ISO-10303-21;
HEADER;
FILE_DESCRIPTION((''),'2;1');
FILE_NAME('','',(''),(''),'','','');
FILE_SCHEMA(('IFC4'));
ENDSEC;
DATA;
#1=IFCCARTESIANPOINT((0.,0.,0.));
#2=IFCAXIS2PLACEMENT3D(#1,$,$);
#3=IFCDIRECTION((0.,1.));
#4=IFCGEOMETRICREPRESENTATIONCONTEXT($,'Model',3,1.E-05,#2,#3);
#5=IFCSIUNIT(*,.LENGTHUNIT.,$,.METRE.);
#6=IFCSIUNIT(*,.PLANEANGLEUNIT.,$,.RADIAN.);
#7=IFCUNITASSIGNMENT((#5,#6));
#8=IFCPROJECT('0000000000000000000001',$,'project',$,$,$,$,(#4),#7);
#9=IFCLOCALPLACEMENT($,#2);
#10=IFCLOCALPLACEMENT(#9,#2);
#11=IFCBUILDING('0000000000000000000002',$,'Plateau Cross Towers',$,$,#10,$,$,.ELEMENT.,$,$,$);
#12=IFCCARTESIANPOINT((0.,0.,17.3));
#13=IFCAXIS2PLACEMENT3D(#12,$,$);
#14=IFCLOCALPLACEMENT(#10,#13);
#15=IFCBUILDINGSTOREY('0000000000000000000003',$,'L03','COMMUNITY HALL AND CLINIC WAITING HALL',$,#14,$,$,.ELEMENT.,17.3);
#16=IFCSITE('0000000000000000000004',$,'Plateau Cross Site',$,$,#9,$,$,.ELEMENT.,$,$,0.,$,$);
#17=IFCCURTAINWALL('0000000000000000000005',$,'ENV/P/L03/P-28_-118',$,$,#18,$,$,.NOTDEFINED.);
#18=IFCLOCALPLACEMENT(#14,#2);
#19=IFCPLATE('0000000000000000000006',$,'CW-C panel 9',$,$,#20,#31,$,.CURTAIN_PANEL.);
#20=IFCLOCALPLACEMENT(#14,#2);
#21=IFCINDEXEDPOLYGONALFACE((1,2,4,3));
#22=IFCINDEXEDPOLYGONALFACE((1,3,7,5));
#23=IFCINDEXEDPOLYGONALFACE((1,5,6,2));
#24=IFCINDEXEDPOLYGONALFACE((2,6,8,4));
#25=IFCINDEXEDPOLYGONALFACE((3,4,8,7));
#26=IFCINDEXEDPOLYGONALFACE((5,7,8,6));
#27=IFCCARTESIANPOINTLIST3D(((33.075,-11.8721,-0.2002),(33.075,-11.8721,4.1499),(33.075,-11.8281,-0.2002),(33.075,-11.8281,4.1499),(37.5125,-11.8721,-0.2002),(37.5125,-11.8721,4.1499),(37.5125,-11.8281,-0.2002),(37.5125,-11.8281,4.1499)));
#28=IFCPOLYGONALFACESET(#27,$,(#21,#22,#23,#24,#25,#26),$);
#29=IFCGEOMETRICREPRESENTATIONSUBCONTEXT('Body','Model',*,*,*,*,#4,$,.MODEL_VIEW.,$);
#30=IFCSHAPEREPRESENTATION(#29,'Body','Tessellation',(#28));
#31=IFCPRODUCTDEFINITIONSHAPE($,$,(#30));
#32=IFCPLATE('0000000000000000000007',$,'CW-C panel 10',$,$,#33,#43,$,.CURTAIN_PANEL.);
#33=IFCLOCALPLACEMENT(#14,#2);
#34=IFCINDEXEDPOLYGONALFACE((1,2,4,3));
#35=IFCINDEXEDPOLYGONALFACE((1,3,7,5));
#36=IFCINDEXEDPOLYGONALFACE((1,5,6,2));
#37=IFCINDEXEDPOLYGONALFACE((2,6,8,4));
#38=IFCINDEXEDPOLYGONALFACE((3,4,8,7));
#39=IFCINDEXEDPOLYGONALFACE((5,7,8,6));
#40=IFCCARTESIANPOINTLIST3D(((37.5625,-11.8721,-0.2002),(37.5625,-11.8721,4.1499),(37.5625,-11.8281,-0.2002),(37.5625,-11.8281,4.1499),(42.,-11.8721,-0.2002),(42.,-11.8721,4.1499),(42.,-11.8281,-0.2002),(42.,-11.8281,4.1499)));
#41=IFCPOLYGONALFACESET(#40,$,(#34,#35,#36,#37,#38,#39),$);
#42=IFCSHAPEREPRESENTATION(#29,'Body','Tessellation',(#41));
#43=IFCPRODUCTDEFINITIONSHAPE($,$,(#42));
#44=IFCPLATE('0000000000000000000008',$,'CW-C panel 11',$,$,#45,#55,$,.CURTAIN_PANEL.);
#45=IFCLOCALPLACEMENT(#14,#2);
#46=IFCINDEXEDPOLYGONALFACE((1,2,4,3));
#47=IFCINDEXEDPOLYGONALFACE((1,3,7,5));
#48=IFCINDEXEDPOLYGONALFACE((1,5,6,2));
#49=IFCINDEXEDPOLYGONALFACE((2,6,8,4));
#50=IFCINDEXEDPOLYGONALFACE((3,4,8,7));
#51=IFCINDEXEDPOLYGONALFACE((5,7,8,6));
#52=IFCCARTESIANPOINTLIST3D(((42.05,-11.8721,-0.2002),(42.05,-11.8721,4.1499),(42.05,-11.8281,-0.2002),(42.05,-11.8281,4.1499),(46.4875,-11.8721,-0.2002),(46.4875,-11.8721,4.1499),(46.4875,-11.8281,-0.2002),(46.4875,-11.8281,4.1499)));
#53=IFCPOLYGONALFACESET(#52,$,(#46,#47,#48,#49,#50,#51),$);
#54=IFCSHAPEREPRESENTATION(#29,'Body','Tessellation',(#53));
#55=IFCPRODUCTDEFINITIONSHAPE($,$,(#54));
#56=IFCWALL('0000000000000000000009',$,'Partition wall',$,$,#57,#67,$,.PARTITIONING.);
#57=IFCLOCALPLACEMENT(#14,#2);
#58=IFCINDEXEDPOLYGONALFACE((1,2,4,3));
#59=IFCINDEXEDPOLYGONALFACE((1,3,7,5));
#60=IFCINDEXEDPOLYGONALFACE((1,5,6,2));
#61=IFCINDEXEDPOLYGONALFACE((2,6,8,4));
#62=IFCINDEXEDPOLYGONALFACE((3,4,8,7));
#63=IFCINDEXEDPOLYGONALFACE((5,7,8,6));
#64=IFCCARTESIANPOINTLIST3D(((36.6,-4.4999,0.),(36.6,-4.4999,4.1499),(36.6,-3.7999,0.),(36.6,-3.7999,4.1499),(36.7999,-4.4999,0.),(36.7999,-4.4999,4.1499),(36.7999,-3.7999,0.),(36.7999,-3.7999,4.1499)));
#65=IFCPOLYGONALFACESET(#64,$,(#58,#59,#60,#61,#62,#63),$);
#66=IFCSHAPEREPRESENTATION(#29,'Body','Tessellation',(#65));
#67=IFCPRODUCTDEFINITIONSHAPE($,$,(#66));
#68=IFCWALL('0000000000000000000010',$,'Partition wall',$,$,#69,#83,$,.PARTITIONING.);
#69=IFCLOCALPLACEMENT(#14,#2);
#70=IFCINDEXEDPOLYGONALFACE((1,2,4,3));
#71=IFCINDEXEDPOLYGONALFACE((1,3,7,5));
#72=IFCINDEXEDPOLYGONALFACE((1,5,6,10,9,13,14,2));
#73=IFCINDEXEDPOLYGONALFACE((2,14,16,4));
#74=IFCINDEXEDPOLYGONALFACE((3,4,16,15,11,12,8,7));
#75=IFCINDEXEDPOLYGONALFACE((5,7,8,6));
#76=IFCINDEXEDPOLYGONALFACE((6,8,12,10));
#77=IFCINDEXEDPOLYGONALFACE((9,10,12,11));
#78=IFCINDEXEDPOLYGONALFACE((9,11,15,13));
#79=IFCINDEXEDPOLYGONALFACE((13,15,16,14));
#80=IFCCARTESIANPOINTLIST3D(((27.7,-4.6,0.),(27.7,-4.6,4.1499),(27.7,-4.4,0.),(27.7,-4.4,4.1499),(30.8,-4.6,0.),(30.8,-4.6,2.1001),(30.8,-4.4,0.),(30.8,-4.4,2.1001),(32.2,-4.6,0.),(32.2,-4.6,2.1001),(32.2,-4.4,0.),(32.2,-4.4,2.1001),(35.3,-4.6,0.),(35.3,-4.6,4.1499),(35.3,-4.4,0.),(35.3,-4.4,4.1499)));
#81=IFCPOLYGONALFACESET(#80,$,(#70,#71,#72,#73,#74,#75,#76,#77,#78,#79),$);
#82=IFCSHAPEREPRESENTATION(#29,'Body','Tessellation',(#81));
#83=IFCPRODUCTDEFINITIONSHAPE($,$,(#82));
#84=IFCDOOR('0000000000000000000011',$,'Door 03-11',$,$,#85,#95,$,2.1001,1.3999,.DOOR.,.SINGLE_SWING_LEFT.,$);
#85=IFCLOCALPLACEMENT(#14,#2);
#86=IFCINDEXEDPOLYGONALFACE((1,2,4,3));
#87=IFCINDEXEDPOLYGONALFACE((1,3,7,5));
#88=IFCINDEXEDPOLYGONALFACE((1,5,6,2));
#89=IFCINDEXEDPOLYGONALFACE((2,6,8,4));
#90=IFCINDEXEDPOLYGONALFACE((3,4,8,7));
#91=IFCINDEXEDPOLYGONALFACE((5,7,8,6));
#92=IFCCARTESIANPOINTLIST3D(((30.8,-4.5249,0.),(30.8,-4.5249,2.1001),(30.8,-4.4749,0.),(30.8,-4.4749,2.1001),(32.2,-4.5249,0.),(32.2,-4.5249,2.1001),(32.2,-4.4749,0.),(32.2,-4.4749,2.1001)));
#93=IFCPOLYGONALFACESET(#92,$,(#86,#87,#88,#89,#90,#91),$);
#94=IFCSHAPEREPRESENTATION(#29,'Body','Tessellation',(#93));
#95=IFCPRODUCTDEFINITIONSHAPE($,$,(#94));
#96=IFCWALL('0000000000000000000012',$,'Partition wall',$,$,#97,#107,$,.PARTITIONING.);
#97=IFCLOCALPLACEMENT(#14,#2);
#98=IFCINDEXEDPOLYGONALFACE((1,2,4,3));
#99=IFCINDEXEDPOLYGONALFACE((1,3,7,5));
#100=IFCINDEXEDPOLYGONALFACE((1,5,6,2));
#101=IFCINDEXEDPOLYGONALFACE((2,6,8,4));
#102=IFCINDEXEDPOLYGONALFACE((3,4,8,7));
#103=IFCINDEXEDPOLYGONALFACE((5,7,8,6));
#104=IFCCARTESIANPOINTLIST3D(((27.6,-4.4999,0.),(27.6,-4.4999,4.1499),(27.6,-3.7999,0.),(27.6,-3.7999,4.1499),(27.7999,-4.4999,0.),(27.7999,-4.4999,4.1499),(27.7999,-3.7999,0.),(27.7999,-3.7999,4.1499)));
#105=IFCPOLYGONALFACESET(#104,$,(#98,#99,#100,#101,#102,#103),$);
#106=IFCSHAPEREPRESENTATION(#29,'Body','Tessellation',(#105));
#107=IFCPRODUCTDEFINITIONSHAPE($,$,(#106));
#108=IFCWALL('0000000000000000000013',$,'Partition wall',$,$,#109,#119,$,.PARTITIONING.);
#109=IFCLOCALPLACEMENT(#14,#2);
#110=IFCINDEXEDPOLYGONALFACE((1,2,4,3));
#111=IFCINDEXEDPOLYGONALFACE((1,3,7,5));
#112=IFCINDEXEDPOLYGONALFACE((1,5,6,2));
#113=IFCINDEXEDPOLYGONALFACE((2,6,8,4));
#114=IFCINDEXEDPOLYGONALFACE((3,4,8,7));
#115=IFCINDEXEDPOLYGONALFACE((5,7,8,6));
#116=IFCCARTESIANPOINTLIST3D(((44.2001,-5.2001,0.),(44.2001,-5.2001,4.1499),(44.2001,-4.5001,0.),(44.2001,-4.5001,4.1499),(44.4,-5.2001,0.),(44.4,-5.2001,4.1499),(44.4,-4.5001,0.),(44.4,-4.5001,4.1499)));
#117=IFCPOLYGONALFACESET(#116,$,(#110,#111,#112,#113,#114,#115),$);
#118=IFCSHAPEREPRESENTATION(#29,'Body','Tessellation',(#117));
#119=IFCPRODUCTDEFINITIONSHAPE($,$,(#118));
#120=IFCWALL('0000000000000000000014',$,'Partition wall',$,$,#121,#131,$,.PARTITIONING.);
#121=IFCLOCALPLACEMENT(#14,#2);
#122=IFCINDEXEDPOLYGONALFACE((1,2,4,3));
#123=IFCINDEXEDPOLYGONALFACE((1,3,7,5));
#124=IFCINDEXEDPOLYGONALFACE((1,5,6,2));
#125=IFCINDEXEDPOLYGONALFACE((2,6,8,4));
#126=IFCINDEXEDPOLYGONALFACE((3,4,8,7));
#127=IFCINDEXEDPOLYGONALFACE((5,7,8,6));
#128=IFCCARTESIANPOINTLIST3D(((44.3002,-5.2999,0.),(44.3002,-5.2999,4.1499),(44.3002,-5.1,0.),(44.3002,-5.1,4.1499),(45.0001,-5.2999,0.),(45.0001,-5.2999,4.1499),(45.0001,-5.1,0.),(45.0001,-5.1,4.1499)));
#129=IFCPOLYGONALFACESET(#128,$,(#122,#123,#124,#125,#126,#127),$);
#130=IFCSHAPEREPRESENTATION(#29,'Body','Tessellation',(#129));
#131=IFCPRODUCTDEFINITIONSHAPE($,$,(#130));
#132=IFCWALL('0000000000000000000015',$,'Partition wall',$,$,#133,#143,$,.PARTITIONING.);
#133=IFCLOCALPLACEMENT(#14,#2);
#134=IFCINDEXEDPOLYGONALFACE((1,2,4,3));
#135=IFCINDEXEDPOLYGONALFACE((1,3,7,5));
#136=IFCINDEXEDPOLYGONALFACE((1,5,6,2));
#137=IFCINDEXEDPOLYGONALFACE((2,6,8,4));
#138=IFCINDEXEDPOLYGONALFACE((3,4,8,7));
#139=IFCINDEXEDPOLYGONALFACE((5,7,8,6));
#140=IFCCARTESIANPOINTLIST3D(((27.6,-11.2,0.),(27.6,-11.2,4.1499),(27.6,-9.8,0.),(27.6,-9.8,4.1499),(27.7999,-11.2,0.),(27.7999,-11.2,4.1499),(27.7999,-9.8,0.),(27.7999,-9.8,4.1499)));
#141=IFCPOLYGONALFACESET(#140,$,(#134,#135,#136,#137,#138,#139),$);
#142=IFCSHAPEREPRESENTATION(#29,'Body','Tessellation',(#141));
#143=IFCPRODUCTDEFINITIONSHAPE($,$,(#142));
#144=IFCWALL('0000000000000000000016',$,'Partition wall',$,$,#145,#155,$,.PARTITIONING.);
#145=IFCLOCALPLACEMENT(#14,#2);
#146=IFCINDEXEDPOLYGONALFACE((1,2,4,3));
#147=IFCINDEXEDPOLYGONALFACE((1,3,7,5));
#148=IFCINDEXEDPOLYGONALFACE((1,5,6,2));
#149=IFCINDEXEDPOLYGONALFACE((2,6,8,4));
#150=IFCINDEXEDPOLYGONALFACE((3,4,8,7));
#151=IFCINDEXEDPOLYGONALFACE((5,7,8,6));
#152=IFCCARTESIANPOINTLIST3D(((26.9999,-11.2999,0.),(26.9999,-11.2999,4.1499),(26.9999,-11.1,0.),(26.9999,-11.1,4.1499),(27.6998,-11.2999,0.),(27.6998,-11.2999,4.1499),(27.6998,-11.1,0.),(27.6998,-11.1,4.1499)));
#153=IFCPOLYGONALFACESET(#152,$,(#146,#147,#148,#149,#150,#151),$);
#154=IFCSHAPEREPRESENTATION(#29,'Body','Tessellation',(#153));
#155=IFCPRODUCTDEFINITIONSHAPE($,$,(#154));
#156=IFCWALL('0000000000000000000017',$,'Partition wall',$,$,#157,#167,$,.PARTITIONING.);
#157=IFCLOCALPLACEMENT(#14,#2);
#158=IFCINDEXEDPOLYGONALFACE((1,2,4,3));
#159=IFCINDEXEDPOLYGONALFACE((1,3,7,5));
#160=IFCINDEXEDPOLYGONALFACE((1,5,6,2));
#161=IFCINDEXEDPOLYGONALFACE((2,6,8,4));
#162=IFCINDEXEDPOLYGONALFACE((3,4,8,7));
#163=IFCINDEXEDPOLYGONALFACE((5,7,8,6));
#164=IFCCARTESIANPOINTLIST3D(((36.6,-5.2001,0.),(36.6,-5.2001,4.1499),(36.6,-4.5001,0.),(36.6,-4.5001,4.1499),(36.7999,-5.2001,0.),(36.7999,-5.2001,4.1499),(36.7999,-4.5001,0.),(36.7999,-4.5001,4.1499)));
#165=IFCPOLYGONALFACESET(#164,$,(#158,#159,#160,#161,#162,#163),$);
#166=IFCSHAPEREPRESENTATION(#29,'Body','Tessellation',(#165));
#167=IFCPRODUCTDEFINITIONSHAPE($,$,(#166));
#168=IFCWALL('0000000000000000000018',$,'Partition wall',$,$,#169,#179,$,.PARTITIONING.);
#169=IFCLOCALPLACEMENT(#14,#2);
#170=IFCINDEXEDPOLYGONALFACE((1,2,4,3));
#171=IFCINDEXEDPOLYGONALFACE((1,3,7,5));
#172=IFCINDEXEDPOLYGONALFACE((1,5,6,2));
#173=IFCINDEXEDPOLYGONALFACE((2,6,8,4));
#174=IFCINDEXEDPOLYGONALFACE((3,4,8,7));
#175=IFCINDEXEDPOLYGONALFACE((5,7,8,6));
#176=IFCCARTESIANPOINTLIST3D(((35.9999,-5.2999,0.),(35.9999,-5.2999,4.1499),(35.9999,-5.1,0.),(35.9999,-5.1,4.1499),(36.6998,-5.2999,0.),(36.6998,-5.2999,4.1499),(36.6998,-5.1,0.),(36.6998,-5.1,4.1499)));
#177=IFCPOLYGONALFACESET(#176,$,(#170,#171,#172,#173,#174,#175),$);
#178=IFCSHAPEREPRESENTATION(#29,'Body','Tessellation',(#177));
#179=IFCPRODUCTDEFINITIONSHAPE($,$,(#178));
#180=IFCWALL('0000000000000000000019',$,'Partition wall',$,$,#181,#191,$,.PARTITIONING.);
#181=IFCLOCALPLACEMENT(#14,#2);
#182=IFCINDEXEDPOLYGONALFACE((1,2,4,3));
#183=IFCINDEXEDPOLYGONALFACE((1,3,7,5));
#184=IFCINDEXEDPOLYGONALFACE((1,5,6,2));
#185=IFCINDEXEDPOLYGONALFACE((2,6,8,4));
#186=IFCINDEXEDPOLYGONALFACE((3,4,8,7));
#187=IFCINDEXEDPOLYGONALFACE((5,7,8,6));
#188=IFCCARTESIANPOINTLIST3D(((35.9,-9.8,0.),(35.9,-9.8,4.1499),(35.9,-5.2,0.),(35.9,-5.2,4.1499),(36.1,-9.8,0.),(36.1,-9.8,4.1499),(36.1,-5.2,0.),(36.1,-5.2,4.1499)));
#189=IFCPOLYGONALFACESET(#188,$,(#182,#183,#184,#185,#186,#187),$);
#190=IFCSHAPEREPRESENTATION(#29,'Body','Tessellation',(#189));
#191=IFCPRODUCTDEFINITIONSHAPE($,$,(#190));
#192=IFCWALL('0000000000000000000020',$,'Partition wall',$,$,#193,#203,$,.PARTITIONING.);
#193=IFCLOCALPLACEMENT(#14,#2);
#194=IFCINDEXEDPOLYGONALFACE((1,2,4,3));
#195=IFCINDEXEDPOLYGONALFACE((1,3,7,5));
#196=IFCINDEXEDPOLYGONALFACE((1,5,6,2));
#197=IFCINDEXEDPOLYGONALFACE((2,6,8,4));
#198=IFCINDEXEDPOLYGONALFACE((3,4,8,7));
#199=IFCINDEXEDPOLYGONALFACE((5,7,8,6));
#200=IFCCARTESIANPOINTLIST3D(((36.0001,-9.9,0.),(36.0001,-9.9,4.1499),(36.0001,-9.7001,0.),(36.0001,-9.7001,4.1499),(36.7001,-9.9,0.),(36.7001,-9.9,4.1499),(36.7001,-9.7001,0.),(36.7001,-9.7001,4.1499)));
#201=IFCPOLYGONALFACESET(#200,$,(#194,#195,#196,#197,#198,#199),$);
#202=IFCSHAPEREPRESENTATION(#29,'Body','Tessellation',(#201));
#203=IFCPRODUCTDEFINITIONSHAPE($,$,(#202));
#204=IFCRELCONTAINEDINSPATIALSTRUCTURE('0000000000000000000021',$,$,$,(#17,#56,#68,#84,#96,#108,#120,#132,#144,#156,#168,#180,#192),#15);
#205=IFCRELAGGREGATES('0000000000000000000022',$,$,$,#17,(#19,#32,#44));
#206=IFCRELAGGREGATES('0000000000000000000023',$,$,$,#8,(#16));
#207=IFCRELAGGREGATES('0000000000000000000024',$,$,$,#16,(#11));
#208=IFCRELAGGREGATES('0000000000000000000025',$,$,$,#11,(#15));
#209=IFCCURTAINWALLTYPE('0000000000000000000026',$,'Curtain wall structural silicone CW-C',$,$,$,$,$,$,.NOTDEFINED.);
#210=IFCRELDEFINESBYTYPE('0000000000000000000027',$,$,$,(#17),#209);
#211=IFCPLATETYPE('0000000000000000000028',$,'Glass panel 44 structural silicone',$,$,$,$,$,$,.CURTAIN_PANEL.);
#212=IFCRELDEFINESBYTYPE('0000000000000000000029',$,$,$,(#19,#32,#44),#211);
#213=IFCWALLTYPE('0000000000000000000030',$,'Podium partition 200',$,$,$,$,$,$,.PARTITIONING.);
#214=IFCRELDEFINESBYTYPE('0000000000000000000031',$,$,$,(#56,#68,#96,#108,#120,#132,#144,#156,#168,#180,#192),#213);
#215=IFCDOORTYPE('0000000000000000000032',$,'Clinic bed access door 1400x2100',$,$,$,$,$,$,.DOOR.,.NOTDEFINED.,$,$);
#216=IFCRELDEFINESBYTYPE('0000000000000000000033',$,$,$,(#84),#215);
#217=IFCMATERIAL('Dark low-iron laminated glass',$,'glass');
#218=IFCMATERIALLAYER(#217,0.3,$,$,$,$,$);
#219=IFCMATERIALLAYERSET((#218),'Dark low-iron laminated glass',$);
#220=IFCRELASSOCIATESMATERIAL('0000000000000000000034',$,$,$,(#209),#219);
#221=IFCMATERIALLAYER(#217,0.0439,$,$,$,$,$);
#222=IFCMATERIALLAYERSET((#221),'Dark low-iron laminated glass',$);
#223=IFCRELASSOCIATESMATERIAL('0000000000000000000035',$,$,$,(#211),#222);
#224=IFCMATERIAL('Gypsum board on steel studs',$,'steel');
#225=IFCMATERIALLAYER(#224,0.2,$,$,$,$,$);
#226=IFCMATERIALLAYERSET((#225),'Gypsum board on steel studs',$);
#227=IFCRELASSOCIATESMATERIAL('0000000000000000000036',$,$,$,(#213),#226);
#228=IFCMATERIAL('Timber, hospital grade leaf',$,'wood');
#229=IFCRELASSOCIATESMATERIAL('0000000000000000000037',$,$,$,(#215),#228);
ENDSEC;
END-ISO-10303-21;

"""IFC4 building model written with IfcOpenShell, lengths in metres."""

from ifc_helpers import new_model, si_unit, direction, frame, frame_2d, origin, origin_2d, place, context, subcontext, project, spatial, rectangle, extrude, material, layer, layer_set, type_object, element, fill, aggregate, save


model = new_model("IFC4")

# Units and contexts
model_context = context("Model", 3, precision=1e-05, world=origin(), true_north=direction((0.0, 1.0)))
body_context = subcontext(model_context, "Body", "Model", "MODEL_VIEW")
ifc_project = project(units=[si_unit("LENGTHUNIT", "METRE"), si_unit("PLANEANGLEUNIT", "RADIAN")], contexts=[model_context])

# Site, building, storey
site_placement = place(None, origin())
site = spatial("IfcSite", under=ifc_project, at=site_placement, Name="Plateau Cross Site", CompositionType="ELEMENT", RefElevation=0.0)
building_placement = place(site_placement, origin())
building = spatial("IfcBuilding", under=site, at=building_placement, Name="Plateau Cross Towers", CompositionType="ELEMENT")
storey_placement = place(building_placement, frame((0.0, 0.0, 17.3)))
storey = spatial("IfcBuildingStorey", under=building, at=storey_placement, Name="L03", Description="COMMUNITY HALL AND CLINIC WAITING HALL", CompositionType="ELEMENT", Elevation=17.3)

# Curtain wall
ifc_material_1 = material(Name="Dark low-iron laminated glass", Category="glass")
ifc_layer_1 = layer(ifc_material_1, 0.3)
ifc_layer_set_1 = layer_set([ifc_layer_1], Name="Dark low-iron laminated glass")
curtain_wall_type = type_object("IfcCurtainWallType", Name="Curtain wall structural silicone CW-C", PredefinedType="NOTDEFINED", material=ifc_layer_set_1)
curtain_wall_placement = place(storey_placement, origin())
curtain_wall = element("IfcCurtainWall", 1, at=curtain_wall_placement, inside=storey, type_object=curtain_wall_type, Name="ENV/P/L03/P-28_-118", PredefinedType="NOTDEFINED")

# Plates
ifc_layer_2 = layer(ifc_material_1, 0.0439)
ifc_layer_set_2 = layer_set([ifc_layer_2], Name="Dark low-iron laminated glass")
plate_type = type_object("IfcPlateType", Name="Glass panel 44 structural silicone", PredefinedType="CURTAIN_PANEL", material=ifc_layer_set_2)
plate_1_placement = place(storey_placement, frame((35.2937, -11.8501, -0.2002), z_axis=(0.0, 0.0, 1.0), x_axis=(1.0, 0.0, 0.0)))
plate_1 = element("IfcPlate", 2, at=plate_1_placement, type_object=plate_type, Name="CW-C panel 9", PredefinedType="CURTAIN_PANEL", context=body_context, shape_type="SweptSolid", body=[
    extrude(rectangle(XDim=4.4375, YDim=0.0439, at=origin_2d()), origin(), (0.0, 0.0, 1.0), 4.3501),
])
plate_2_placement = place(storey_placement, frame((39.7812, -11.8501, -0.2002), z_axis=(0.0, 0.0, 1.0), x_axis=(1.0, 0.0, 0.0)))
plate_2 = element("IfcPlate", 3, at=plate_2_placement, type_object=plate_type, Name="CW-C panel 10", PredefinedType="CURTAIN_PANEL", context=body_context, shape_type="SweptSolid", body=[
    extrude(rectangle(XDim=4.4375, YDim=0.0439, at=origin_2d()), origin(), (0.0, 0.0, 1.0), 4.3501),
])
plate_3_placement = place(storey_placement, frame((44.2688, -11.8501, -0.2002), z_axis=(0.0, 0.0, 1.0), x_axis=(1.0, 0.0, 0.0)))
plate_3 = element("IfcPlate", 4, at=plate_3_placement, type_object=plate_type, Name="CW-C panel 11", PredefinedType="CURTAIN_PANEL", context=body_context, shape_type="SweptSolid", body=[
    extrude(rectangle(XDim=4.4375, YDim=0.0439, at=origin_2d()), origin(), (0.0, 0.0, 1.0), 4.3501),
])
aggregate(curtain_wall, [plate_1, plate_2, plate_3])

# Wall
ifc_material_2 = material(Name="Gypsum board on steel studs", Category="steel")
ifc_layer_3 = layer(ifc_material_2, 0.2)
ifc_layer_set_3 = layer_set([ifc_layer_3], Name="Gypsum board on steel studs")
wall_type = type_object("IfcWallType", Name="Podium partition 200", PredefinedType="PARTITIONING", material=ifc_layer_set_3)
wall_1_placement = place(storey_placement, frame((36.7, -4.5, 0.0), z_axis=(0.0, 0.0, 1.0), x_axis=(0.0, 1.0, 0.0)))
element("IfcWall", 5, at=wall_1_placement, inside=storey, type_object=wall_type, Name="Partition wall", PredefinedType="PARTITIONING", context=body_context, shape_type="SweptSolid", body=[
    extrude(rectangle(XDim=0.7, YDim=0.2, at=frame_2d((0.3501, 0.0))), origin(), (0.0, 0.0, 1.0), 4.1499),
])

# Wall, opening, door
wall_2_placement = place(storey_placement, frame((35.3, -4.5, 0.0), z_axis=(0.0, 0.0, 1.0), x_axis=(-1.0, 0.0, 0.0)))
wall_2 = element("IfcWall", 6, at=wall_2_placement, inside=storey, type_object=wall_type, Name="Partition wall", PredefinedType="PARTITIONING", context=body_context, shape_type="SweptSolid", body=[
    extrude(rectangle(XDim=7.6001, YDim=0.2, at=frame_2d((3.8, 0.0))), origin(), (0.0, 0.0, 1.0), 4.1499),
])
opening_1_placement = place(wall_2_placement, frame((3.1001, 0.0, 0.0)))
opening_1 = element("IfcOpeningElement", 7, at=opening_1_placement, cuts=wall_2, PredefinedType="OPENING", context=body_context, shape_type="SweptSolid", body=[
    extrude(rectangle(XDim=1.3999, YDim=2.1001, at=frame_2d((0.7, 1.05))), frame((0.0, 0.1099, 0.0), z_axis=(0.0, -1.0, 0.0), x_axis=(1.0, 0.0, 0.0)), (0.0, 0.0, 1.0), 0.22),
])
ifc_material_3 = material(Name="Timber, hospital grade leaf", Category="wood")
door_type = type_object("IfcDoorType", Name="Clinic bed access door 1400x2100", OperationType="NOTDEFINED", PredefinedType="DOOR", material=ifc_material_3)
door_1_placement = place(opening_1_placement, origin())
door_1 = element("IfcDoor", 8, at=door_1_placement, inside=storey, type_object=door_type, Name="Door 03-11", OperationType="SINGLE_SWING_LEFT", OverallHeight=2.1001, OverallWidth=1.3999, PredefinedType="DOOR", context=body_context, shape_type="SweptSolid", body=[
    extrude(rectangle(XDim=1.3999, YDim=2.1001, at=frame_2d((0.7, 1.05))), frame((0.0, 0.0249, 0.0), z_axis=(0.0, -1.0, 0.0), x_axis=(1.0, 0.0, 0.0)), (0.0, 0.0, 1.0), 0.05),
])
fill(opening_1, door_1)

# Walls
for number, where, z_axis, x_axis, name in (
    (9, (27.7, -4.5, 0.0), (0.0, 0.0, 1.0), (0.0, 1.0, 0.0), "Partition wall"),
    (10, (44.3, -4.5, 0.0), (0.0, 0.0, 1.0), (0.0, -1.0, 0.0), "Partition wall"),
    (11, (44.3, -5.2, 0.0), (0.0, 0.0, 1.0), (1.0, 0.0, 0.0), "Partition wall"),
):
    element("IfcWall", number, at=place(storey_placement, frame(where, z_axis=z_axis, x_axis=x_axis)), inside=storey, type_object=wall_type, Name=name, PredefinedType="PARTITIONING", context=body_context, shape_type="SweptSolid", body=[
        extrude(rectangle(XDim=0.7, YDim=0.2, at=frame_2d((0.3501, 0.0))), origin(), (0.0, 0.0, 1.0), 4.1499),
    ])
wall_3_placement = place(storey_placement, frame((27.7, -9.8, 0.0), z_axis=(0.0, 0.0, 1.0), x_axis=(0.0, -1.0, 0.0)))
element("IfcWall", 12, at=wall_3_placement, inside=storey, type_object=wall_type, Name="Partition wall", PredefinedType="PARTITIONING", context=body_context, shape_type="SweptSolid", body=[
    extrude(rectangle(XDim=1.3999, YDim=0.2, at=frame_2d((0.7, 0.0))), origin(), (0.0, 0.0, 1.0), 4.1499),
])
for number, where, z_axis, x_axis, name in (
    (13, (27.7, -11.2, 0.0), (0.0, 0.0, 1.0), (-1.0, 0.0, 0.0), "Partition wall"),
    (14, (36.7, -4.5, 0.0), (0.0, 0.0, 1.0), (0.0, -1.0, 0.0), "Partition wall"),
    (15, (36.7, -5.2, 0.0), (0.0, 0.0, 1.0), (-1.0, 0.0, 0.0), "Partition wall"),
):
    element("IfcWall", number, at=place(storey_placement, frame(where, z_axis=z_axis, x_axis=x_axis)), inside=storey, type_object=wall_type, Name=name, PredefinedType="PARTITIONING", context=body_context, shape_type="SweptSolid", body=[
        extrude(rectangle(XDim=0.7, YDim=0.2, at=frame_2d((0.3501, 0.0))), origin(), (0.0, 0.0, 1.0), 4.1499),
    ])
wall_4_placement = place(storey_placement, frame((36.0, -5.2, 0.0), z_axis=(0.0, 0.0, 1.0), x_axis=(0.0, -1.0, 0.0)))
element("IfcWall", 16, at=wall_4_placement, inside=storey, type_object=wall_type, Name="Partition wall", PredefinedType="PARTITIONING", context=body_context, shape_type="SweptSolid", body=[
    extrude(rectangle(XDim=4.6001, YDim=0.2, at=frame_2d((2.3, 0.0))), origin(), (0.0, 0.0, 1.0), 4.1499),
])
wall_5_placement = place(storey_placement, frame((36.0, -9.8, 0.0), z_axis=(0.0, 0.0, 1.0), x_axis=(1.0, 0.0, 0.0)))
element("IfcWall", 17, at=wall_5_placement, inside=storey, type_object=wall_type, Name="Partition wall", PredefinedType="PARTITIONING", context=body_context, shape_type="SweptSolid", body=[
    extrude(rectangle(XDim=0.7, YDim=0.2, at=frame_2d((0.3501, 0.0))), origin(), (0.0, 0.0, 1.0), 4.1499),
])

save(model, "model.ifc")
